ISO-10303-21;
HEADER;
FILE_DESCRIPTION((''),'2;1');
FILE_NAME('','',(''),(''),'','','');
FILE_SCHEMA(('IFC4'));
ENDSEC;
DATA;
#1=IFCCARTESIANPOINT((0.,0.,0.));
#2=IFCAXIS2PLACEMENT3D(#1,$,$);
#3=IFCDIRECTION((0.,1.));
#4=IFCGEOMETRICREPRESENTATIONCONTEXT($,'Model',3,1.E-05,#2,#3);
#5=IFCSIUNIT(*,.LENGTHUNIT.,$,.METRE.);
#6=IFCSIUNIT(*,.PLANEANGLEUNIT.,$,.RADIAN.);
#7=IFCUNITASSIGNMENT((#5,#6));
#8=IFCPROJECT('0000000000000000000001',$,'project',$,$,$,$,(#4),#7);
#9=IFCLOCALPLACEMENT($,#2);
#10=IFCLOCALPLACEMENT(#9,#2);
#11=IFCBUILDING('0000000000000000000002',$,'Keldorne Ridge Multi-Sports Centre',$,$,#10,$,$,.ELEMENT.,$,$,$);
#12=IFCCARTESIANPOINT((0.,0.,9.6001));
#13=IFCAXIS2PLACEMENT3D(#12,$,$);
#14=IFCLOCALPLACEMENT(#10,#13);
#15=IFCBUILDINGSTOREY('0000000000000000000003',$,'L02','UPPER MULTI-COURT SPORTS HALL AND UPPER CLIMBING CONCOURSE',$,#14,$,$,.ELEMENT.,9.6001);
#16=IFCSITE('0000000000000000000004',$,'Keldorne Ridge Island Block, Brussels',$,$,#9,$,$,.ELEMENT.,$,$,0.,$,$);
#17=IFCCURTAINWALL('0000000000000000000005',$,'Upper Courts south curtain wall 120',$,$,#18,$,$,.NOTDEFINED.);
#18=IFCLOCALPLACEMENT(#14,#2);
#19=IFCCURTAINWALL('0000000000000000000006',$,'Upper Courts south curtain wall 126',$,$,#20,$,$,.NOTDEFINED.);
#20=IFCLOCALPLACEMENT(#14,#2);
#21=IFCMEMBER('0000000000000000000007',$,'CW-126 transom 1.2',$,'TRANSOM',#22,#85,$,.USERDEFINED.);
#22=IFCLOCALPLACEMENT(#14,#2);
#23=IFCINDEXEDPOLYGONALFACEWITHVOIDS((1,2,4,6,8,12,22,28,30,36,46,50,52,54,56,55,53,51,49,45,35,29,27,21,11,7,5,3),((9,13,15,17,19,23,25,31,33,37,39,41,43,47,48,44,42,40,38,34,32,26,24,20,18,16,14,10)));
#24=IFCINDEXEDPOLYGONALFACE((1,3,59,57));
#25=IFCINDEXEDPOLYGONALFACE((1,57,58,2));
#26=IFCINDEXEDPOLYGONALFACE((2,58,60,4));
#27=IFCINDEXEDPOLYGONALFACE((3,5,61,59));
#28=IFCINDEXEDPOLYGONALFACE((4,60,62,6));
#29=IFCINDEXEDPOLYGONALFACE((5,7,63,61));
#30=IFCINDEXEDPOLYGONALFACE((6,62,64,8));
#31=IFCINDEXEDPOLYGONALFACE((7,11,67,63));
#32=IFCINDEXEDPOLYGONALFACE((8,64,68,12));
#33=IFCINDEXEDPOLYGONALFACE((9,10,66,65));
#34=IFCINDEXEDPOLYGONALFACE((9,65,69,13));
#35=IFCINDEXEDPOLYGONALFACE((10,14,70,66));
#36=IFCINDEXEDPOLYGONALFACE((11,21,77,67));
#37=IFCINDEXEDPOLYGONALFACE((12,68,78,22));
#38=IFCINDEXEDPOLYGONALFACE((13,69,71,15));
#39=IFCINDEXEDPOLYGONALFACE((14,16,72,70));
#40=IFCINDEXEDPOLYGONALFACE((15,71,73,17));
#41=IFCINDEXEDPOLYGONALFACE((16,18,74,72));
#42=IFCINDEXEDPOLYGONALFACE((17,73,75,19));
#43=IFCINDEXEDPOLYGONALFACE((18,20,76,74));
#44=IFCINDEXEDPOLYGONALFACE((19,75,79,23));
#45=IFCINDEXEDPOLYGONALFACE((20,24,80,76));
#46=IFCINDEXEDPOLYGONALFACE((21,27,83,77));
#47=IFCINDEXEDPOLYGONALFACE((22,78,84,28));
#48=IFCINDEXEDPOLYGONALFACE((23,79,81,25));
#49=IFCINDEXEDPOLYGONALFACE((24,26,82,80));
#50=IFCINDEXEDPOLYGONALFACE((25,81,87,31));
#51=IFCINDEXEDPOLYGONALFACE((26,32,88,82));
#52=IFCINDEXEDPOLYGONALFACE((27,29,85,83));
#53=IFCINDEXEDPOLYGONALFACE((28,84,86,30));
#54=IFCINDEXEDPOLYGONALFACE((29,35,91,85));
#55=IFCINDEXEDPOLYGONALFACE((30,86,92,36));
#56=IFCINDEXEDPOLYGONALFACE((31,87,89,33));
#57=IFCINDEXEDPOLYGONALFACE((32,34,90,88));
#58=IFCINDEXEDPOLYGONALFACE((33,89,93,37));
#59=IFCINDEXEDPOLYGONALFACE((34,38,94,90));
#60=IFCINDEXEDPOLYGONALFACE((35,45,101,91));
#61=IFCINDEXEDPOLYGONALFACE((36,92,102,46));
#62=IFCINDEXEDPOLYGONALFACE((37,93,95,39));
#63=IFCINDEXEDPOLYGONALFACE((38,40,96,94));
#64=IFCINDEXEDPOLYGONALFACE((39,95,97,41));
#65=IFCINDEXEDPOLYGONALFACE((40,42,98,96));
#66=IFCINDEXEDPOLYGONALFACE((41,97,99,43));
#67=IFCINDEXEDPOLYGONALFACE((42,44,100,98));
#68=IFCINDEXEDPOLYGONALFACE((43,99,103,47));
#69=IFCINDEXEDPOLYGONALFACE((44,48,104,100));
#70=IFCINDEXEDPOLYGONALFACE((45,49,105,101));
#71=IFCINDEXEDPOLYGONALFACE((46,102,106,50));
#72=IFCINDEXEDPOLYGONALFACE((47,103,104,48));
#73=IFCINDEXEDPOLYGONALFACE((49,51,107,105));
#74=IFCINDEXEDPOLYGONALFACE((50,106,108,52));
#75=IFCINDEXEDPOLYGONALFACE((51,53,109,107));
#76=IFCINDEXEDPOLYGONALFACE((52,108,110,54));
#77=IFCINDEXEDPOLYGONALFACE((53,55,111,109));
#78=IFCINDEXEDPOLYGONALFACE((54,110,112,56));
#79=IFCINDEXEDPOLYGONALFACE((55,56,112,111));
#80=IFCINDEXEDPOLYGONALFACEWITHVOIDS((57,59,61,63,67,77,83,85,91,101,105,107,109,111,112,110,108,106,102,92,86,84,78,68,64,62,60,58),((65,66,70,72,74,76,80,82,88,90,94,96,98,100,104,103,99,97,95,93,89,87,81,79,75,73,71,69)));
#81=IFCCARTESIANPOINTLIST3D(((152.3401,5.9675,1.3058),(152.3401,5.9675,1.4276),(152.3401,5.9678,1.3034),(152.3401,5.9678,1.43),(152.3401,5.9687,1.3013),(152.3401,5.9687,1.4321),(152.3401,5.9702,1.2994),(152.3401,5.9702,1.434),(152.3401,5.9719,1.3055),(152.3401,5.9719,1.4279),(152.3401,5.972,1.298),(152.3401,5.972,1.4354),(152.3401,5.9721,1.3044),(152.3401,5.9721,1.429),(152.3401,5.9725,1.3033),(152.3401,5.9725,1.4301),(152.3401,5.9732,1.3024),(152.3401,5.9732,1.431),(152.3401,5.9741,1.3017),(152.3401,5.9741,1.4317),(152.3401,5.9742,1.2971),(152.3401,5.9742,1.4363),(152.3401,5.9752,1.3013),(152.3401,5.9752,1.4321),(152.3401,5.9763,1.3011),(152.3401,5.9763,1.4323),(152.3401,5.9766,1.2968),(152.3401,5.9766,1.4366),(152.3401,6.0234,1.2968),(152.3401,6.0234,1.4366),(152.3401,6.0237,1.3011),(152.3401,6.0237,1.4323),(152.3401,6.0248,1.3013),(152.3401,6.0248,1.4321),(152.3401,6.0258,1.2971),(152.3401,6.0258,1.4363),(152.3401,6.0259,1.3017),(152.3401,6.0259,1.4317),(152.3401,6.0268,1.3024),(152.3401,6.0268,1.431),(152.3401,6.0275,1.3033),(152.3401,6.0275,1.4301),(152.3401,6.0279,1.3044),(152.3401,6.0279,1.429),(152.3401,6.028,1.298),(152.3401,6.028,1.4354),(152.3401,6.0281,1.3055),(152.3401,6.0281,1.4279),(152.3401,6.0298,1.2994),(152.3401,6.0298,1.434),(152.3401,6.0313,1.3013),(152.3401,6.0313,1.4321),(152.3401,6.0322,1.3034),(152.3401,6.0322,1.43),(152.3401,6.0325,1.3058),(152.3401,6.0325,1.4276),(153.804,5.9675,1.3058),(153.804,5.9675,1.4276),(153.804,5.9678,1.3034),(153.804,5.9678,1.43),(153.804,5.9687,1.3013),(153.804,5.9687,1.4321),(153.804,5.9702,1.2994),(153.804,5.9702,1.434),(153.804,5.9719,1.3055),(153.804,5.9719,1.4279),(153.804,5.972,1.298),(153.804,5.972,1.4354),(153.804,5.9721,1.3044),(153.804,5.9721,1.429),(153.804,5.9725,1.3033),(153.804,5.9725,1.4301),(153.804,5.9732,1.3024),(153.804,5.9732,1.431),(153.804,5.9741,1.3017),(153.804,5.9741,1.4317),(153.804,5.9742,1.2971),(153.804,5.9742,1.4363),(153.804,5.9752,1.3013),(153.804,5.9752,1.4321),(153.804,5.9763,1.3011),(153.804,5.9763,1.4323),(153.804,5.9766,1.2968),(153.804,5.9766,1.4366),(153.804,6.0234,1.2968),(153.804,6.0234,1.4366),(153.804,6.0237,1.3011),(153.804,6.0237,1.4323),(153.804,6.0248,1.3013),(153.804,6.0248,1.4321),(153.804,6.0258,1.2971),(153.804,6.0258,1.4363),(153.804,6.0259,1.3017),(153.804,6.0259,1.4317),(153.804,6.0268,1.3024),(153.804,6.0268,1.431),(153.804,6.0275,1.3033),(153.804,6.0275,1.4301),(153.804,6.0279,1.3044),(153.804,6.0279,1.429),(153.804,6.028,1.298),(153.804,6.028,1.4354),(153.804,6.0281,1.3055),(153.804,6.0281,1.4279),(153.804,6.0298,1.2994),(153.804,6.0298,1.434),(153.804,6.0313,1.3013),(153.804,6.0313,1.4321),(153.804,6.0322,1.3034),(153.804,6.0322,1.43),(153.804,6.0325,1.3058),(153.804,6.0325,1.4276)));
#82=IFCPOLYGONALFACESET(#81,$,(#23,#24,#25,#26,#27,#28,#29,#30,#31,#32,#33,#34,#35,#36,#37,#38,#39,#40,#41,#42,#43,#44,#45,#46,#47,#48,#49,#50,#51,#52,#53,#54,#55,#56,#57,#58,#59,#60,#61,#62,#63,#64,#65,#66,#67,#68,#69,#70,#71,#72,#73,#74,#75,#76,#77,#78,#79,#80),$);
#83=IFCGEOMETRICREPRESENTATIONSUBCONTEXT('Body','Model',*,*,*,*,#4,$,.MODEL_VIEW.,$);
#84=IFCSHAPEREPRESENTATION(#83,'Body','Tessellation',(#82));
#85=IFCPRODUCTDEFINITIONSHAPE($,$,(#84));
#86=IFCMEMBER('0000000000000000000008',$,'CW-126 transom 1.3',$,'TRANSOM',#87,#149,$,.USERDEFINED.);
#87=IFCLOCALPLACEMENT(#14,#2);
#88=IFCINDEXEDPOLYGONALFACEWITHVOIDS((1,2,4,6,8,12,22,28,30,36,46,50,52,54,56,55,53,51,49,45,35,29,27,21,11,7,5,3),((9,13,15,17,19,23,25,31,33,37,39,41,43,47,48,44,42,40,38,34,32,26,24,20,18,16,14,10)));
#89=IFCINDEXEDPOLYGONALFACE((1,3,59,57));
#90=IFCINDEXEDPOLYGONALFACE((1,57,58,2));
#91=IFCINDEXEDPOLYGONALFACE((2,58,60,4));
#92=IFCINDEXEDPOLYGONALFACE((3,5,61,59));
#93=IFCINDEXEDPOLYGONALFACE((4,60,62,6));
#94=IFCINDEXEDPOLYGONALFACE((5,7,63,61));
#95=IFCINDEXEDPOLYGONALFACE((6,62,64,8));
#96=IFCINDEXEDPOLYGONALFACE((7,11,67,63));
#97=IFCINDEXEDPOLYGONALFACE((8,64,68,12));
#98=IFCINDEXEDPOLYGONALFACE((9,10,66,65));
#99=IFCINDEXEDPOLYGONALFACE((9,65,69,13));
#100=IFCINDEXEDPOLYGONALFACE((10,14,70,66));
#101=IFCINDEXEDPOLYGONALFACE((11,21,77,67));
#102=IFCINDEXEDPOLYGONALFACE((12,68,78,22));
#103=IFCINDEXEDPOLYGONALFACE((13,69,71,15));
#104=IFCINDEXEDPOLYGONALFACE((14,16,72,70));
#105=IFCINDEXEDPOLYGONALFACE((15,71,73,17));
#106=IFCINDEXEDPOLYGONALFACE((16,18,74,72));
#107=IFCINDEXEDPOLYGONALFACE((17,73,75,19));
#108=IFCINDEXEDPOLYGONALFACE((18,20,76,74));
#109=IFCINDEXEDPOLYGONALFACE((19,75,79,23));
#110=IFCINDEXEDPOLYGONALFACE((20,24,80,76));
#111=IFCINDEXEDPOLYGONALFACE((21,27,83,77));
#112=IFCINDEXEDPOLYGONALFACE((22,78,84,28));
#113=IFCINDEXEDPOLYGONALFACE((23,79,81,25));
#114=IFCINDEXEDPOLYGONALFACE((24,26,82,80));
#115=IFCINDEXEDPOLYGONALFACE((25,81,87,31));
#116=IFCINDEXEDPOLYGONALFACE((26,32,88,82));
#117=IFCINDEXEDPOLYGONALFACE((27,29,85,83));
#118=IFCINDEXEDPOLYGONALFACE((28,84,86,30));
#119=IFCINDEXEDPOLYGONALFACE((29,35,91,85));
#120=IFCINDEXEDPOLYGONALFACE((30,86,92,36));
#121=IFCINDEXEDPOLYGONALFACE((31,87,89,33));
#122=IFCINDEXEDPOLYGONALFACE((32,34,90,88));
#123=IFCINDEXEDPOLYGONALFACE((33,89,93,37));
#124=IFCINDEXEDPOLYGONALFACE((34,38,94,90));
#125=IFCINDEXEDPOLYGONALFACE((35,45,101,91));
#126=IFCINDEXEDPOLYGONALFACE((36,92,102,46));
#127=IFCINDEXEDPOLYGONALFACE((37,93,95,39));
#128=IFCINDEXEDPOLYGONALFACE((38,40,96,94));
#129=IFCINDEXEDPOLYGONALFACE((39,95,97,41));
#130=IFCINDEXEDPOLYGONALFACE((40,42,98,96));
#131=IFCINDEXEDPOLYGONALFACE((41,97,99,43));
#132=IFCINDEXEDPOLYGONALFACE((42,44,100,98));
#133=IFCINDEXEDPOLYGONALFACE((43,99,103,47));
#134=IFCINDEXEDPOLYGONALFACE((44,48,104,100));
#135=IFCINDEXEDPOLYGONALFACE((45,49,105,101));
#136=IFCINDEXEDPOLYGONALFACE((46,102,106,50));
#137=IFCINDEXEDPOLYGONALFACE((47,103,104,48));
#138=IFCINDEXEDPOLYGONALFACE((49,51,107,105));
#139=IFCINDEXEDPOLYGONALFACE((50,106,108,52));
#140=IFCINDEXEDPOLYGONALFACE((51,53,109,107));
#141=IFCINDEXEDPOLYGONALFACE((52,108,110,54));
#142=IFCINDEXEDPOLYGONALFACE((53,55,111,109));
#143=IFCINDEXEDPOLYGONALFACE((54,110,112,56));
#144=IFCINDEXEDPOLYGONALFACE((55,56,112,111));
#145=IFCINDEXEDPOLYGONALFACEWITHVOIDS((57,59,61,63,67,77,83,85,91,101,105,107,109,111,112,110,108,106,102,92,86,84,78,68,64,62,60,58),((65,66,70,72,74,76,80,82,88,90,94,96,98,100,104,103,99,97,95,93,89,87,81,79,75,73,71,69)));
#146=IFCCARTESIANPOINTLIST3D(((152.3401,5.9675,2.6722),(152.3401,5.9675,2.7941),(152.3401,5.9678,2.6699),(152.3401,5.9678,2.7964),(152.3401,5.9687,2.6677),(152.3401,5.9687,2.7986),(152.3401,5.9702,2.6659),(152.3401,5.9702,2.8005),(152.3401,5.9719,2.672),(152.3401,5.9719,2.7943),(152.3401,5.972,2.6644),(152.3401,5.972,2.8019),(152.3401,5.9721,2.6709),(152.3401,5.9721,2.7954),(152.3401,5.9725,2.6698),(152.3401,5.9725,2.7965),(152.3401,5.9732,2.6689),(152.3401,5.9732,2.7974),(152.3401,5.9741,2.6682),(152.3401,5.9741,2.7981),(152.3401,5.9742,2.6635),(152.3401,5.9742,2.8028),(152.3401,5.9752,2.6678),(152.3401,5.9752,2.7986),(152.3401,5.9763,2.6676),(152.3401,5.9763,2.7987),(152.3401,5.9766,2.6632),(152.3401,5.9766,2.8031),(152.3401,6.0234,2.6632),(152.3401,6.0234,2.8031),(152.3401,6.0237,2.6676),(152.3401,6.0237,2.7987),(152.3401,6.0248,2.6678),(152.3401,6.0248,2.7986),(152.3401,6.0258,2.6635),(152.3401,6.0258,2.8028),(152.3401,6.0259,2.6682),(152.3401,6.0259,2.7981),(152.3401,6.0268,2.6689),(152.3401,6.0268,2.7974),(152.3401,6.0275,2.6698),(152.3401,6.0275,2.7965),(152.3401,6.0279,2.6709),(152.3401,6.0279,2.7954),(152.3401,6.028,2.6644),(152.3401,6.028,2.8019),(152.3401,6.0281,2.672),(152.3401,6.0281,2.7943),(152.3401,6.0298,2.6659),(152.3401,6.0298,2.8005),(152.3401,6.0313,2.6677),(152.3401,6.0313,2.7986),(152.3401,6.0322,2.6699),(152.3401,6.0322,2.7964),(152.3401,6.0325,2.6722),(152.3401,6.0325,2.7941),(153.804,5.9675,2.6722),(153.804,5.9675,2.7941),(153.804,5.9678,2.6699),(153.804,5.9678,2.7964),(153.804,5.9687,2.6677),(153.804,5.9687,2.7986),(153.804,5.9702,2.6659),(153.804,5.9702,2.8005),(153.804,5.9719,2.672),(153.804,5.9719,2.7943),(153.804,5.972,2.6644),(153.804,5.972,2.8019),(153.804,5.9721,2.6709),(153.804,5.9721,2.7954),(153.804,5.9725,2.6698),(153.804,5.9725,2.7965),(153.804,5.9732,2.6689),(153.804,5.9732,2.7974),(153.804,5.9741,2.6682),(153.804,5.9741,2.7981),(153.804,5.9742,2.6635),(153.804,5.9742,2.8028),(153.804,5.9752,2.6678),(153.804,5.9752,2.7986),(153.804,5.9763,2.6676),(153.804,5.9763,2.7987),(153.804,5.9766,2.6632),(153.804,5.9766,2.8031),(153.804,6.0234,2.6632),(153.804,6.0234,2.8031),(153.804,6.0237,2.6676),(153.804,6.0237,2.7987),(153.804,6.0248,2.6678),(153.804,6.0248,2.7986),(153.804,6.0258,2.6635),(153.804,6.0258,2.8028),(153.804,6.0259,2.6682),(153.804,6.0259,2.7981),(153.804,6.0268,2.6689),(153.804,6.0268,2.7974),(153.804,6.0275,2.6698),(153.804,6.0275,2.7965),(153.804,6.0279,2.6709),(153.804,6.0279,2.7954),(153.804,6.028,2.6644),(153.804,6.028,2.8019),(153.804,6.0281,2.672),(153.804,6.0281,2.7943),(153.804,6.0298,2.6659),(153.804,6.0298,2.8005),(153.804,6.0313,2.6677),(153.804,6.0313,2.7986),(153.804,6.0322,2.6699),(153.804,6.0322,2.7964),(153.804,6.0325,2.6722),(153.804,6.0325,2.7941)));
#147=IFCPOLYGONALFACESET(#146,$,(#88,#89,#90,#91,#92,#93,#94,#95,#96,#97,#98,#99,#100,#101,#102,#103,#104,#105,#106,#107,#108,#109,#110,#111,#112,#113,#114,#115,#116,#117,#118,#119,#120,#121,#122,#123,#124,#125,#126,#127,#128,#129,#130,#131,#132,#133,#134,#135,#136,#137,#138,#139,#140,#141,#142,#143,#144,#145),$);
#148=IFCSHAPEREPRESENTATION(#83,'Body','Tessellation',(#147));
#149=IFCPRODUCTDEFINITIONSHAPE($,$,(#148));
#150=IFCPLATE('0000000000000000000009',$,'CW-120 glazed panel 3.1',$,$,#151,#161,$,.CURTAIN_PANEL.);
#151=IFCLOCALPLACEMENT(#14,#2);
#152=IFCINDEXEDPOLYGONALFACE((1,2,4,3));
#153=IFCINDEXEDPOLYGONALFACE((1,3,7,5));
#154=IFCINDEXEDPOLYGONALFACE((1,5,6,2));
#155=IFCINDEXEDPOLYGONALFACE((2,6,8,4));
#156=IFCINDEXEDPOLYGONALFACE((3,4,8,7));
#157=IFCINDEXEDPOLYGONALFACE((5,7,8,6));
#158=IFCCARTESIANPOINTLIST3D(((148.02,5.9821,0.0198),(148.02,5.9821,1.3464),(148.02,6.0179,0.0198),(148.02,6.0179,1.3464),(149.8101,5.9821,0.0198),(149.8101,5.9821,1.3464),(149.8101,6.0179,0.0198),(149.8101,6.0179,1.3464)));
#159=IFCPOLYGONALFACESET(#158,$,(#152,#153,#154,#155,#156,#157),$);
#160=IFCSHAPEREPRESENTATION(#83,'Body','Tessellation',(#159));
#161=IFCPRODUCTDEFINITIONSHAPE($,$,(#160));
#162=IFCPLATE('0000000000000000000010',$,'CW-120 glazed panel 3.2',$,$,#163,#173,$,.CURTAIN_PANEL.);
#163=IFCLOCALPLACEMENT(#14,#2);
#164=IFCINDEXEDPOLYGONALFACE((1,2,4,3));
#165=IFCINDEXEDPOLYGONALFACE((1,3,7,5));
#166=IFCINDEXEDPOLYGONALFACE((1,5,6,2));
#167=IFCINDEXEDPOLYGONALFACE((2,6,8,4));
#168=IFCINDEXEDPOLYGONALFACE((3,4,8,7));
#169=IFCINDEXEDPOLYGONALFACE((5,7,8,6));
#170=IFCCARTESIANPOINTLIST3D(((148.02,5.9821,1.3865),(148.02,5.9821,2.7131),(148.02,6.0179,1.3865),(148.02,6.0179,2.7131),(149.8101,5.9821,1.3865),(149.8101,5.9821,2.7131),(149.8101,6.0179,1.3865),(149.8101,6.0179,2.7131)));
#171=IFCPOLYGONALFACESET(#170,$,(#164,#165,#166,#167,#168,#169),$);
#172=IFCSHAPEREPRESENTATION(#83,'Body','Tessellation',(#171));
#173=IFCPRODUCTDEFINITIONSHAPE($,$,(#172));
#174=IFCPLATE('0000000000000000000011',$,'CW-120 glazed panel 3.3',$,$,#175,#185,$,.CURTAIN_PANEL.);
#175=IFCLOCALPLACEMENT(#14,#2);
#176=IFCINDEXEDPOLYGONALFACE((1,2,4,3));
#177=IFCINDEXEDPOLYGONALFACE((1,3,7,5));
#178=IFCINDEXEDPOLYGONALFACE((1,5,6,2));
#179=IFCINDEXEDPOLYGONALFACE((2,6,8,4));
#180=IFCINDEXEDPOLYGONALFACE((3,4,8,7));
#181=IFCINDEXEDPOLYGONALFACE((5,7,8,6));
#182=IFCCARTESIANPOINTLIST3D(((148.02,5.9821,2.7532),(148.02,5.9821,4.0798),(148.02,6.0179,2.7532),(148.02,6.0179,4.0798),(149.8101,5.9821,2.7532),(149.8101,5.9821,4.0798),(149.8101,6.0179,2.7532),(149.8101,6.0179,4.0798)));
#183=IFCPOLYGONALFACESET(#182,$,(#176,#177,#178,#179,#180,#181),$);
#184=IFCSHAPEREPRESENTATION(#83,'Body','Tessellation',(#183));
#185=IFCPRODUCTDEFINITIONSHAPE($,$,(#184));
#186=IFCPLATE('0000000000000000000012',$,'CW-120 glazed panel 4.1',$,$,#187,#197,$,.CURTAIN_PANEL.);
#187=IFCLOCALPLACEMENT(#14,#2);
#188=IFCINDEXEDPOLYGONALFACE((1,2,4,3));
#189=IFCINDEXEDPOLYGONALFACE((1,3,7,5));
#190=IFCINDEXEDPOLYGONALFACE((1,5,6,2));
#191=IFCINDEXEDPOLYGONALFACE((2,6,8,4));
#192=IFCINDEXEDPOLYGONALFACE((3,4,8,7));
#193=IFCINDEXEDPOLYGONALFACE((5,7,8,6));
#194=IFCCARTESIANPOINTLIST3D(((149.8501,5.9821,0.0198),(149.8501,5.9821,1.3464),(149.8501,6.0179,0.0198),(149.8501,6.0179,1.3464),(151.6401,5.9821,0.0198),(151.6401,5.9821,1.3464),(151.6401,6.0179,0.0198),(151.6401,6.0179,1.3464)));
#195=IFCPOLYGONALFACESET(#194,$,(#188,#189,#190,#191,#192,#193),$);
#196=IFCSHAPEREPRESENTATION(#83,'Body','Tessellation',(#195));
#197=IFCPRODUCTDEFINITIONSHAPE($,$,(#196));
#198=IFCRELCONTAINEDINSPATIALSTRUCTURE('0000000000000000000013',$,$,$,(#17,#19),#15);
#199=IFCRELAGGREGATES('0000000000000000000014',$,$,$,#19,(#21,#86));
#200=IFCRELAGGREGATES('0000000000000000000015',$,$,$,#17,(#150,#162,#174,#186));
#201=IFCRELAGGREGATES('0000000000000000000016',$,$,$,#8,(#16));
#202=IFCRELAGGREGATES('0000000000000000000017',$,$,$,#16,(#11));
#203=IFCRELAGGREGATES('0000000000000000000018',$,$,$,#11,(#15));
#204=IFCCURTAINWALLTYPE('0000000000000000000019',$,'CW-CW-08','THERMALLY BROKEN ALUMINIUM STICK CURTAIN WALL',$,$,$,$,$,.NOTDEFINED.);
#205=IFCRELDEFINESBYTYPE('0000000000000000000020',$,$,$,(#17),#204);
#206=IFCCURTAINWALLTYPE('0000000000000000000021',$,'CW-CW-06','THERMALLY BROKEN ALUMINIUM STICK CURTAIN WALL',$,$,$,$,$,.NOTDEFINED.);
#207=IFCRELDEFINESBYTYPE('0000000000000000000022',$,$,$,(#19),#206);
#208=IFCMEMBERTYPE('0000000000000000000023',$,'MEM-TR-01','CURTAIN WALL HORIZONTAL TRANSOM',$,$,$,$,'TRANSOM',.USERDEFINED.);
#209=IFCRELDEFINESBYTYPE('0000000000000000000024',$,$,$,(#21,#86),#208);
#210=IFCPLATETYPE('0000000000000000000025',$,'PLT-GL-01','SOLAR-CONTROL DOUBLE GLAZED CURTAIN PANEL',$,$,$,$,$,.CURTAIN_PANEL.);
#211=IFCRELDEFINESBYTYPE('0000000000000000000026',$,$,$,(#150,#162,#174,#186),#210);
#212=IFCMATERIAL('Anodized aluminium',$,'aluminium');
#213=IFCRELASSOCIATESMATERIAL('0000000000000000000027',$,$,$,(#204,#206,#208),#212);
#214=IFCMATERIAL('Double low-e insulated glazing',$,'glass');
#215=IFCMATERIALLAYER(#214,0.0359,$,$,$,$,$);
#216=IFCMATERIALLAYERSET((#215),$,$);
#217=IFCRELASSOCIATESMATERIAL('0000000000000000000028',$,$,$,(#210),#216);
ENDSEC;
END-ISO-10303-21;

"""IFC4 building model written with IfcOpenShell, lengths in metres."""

from ifc_helpers import new_model, si_unit, direction, frame, origin, origin_2d, place, context, subcontext, project, spatial, rectangle, hollow_rectangle, extrude, material, layer, layer_set, material_profile, profile_set, type_object, element, aggregate, save


model = new_model("IFC4")

# Units and contexts
model_context = context("Model", 3, precision=1e-05, world=origin(), true_north=direction((0.0, 1.0)))
body_context = subcontext(model_context, "Body", "Model", "MODEL_VIEW")
ifc_project = project(units=[si_unit("LENGTHUNIT", "METRE"), si_unit("PLANEANGLEUNIT", "RADIAN")], contexts=[model_context])

# Site, building, storey
site_placement = place(None, origin())
site = spatial("IfcSite", under=ifc_project, at=site_placement, Name="Keldorne Ridge Island Block, Brussels", CompositionType="ELEMENT", RefElevation=0.0)
building_placement = place(site_placement, origin())
building = spatial("IfcBuilding", under=site, at=building_placement, Name="Keldorne Ridge Multi-Sports Centre", CompositionType="ELEMENT")
storey_placement = place(building_placement, frame((0.0, 0.0, 9.6001)))
storey = spatial("IfcBuildingStorey", under=building, at=storey_placement, Name="L02", Description="UPPER MULTI-COURT SPORTS HALL AND UPPER CLIMBING CONCOURSE", CompositionType="ELEMENT", Elevation=9.6001)

# Curtain wall
ifc_material_1 = material(Name="Anodized aluminium", Category="aluminium")
curtain_wall_type_1 = type_object("IfcCurtainWallType", Name="CW-CW-08", Description="THERMALLY BROKEN ALUMINIUM STICK CURTAIN WALL", PredefinedType="NOTDEFINED", material=ifc_material_1)
curtain_wall_1_placement = place(storey_placement, origin())
curtain_wall_1 = element("IfcCurtainWall", 1, at=curtain_wall_1_placement, inside=storey, type_object=curtain_wall_type_1, Name="Upper Courts south curtain wall 120", PredefinedType="NOTDEFINED")

# Curtain wall
curtain_wall_type_2 = type_object("IfcCurtainWallType", Name="CW-CW-06", Description="THERMALLY BROKEN ALUMINIUM STICK CURTAIN WALL", PredefinedType="NOTDEFINED", material=ifc_material_1)
curtain_wall_2_placement = place(storey_placement, origin())
curtain_wall_2 = element("IfcCurtainWall", 2, at=curtain_wall_2_placement, inside=storey, type_object=curtain_wall_type_2, Name="Upper Courts south curtain wall 126", PredefinedType="NOTDEFINED")

# Members
ifc_material_profile_1 = material_profile(ifc_material_1, hollow_rectangle(XDim=0.0649, YDim=0.1399, WallThickness=0.0044, InnerFilletRadius=0.0044, OuterFilletRadius=0.009, at=origin_2d()), Name="ALU TRANSOM 140x65x4.5")
ifc_profile_set_1 = profile_set([ifc_material_profile_1], Name="Anodized aluminium")
member_type_1 = type_object("IfcMemberType", Name="MEM-TR-01", Description="CURTAIN WALL HORIZONTAL TRANSOM", ElementType="TRANSOM", PredefinedType="USERDEFINED", material=ifc_profile_set_1)
member_1_placement = place(storey_placement, frame((152.3401, 6.0, 1.3667), z_axis=(1.0, 0.0, 0.0), x_axis=(0.0, 1.0, 0.0)))
member_1 = element("IfcMember", 3, at=member_1_placement, type_object=member_type_1, Name="CW-126 transom 1.2", ObjectType="TRANSOM", PredefinedType="USERDEFINED", context=body_context, shape_type="SweptSolid", body=[
    extrude(hollow_rectangle(XDim=0.0649, YDim=0.1399, WallThickness=0.0044, InnerFilletRadius=0.0044, OuterFilletRadius=0.009, at=origin_2d()), origin(), (0.0, 0.0, 1.0), 1.4639),
])
member_2_placement = place(storey_placement, frame((152.3401, 6.0, 2.7332), z_axis=(1.0, 0.0, 0.0), x_axis=(0.0, 1.0, 0.0)))
member_2 = element("IfcMember", 4, at=member_2_placement, type_object=member_type_1, Name="CW-126 transom 1.3", ObjectType="TRANSOM", PredefinedType="USERDEFINED", context=body_context, shape_type="SweptSolid", body=[
    extrude(hollow_rectangle(XDim=0.0649, YDim=0.1399, WallThickness=0.0044, InnerFilletRadius=0.0044, OuterFilletRadius=0.009, at=origin_2d()), origin(), (0.0, 0.0, 1.0), 1.4639),
])
aggregate(curtain_wall_2, [member_1, member_2])

# Plates
ifc_material_2 = material(Name="Double low-e insulated glazing", Category="glass")
ifc_layer = layer(ifc_material_2, 0.0359)
ifc_layer_set = layer_set([ifc_layer])
plate_type = type_object("IfcPlateType", Name="PLT-GL-01", Description="SOLAR-CONTROL DOUBLE GLAZED CURTAIN PANEL", PredefinedType="CURTAIN_PANEL", material=ifc_layer_set)
plate_1_placement = place(storey_placement, frame((148.915, 6.0, 0.0198), z_axis=(0.0, 0.0, 1.0), x_axis=(1.0, 0.0, 0.0)))
plate_1 = element("IfcPlate", 5, at=plate_1_placement, type_object=plate_type, Name="CW-120 glazed panel 3.1", PredefinedType="CURTAIN_PANEL", context=body_context, shape_type="SweptSolid", body=[
    extrude(rectangle(XDim=1.79, YDim=0.0359, at=origin_2d()), origin(), (0.0, 0.0, 1.0), 1.3267),
])
plate_2_placement = place(storey_placement, frame((148.915, 6.0, 1.3865), z_axis=(0.0, 0.0, 1.0), x_axis=(1.0, 0.0, 0.0)))
plate_2 = element("IfcPlate", 6, at=plate_2_placement, type_object=plate_type, Name="CW-120 glazed panel 3.2", PredefinedType="CURTAIN_PANEL", context=body_context, shape_type="SweptSolid", body=[
    extrude(rectangle(XDim=1.79, YDim=0.0359, at=origin_2d()), origin(), (0.0, 0.0, 1.0), 1.3267),
])
plate_3_placement = place(storey_placement, frame((148.915, 6.0, 2.7532), z_axis=(0.0, 0.0, 1.0), x_axis=(1.0, 0.0, 0.0)))
plate_3 = element("IfcPlate", 7, at=plate_3_placement, type_object=plate_type, Name="CW-120 glazed panel 3.3", PredefinedType="CURTAIN_PANEL", context=body_context, shape_type="SweptSolid", body=[
    extrude(rectangle(XDim=1.79, YDim=0.0359, at=origin_2d()), origin(), (0.0, 0.0, 1.0), 1.3267),
])
plate_4_placement = place(storey_placement, frame((150.7451, 6.0, 0.0198), z_axis=(0.0, 0.0, 1.0), x_axis=(1.0, 0.0, 0.0)))
plate_4 = element("IfcPlate", 8, at=plate_4_placement, type_object=plate_type, Name="CW-120 glazed panel 4.1", PredefinedType="CURTAIN_PANEL", context=body_context, shape_type="SweptSolid", body=[
    extrude(rectangle(XDim=1.79, YDim=0.0359, at=origin_2d()), origin(), (0.0, 0.0, 1.0), 1.3267),
])
aggregate(curtain_wall_1, [plate_1, plate_2, plate_3, plate_4])

save(model, "model.ifc")
